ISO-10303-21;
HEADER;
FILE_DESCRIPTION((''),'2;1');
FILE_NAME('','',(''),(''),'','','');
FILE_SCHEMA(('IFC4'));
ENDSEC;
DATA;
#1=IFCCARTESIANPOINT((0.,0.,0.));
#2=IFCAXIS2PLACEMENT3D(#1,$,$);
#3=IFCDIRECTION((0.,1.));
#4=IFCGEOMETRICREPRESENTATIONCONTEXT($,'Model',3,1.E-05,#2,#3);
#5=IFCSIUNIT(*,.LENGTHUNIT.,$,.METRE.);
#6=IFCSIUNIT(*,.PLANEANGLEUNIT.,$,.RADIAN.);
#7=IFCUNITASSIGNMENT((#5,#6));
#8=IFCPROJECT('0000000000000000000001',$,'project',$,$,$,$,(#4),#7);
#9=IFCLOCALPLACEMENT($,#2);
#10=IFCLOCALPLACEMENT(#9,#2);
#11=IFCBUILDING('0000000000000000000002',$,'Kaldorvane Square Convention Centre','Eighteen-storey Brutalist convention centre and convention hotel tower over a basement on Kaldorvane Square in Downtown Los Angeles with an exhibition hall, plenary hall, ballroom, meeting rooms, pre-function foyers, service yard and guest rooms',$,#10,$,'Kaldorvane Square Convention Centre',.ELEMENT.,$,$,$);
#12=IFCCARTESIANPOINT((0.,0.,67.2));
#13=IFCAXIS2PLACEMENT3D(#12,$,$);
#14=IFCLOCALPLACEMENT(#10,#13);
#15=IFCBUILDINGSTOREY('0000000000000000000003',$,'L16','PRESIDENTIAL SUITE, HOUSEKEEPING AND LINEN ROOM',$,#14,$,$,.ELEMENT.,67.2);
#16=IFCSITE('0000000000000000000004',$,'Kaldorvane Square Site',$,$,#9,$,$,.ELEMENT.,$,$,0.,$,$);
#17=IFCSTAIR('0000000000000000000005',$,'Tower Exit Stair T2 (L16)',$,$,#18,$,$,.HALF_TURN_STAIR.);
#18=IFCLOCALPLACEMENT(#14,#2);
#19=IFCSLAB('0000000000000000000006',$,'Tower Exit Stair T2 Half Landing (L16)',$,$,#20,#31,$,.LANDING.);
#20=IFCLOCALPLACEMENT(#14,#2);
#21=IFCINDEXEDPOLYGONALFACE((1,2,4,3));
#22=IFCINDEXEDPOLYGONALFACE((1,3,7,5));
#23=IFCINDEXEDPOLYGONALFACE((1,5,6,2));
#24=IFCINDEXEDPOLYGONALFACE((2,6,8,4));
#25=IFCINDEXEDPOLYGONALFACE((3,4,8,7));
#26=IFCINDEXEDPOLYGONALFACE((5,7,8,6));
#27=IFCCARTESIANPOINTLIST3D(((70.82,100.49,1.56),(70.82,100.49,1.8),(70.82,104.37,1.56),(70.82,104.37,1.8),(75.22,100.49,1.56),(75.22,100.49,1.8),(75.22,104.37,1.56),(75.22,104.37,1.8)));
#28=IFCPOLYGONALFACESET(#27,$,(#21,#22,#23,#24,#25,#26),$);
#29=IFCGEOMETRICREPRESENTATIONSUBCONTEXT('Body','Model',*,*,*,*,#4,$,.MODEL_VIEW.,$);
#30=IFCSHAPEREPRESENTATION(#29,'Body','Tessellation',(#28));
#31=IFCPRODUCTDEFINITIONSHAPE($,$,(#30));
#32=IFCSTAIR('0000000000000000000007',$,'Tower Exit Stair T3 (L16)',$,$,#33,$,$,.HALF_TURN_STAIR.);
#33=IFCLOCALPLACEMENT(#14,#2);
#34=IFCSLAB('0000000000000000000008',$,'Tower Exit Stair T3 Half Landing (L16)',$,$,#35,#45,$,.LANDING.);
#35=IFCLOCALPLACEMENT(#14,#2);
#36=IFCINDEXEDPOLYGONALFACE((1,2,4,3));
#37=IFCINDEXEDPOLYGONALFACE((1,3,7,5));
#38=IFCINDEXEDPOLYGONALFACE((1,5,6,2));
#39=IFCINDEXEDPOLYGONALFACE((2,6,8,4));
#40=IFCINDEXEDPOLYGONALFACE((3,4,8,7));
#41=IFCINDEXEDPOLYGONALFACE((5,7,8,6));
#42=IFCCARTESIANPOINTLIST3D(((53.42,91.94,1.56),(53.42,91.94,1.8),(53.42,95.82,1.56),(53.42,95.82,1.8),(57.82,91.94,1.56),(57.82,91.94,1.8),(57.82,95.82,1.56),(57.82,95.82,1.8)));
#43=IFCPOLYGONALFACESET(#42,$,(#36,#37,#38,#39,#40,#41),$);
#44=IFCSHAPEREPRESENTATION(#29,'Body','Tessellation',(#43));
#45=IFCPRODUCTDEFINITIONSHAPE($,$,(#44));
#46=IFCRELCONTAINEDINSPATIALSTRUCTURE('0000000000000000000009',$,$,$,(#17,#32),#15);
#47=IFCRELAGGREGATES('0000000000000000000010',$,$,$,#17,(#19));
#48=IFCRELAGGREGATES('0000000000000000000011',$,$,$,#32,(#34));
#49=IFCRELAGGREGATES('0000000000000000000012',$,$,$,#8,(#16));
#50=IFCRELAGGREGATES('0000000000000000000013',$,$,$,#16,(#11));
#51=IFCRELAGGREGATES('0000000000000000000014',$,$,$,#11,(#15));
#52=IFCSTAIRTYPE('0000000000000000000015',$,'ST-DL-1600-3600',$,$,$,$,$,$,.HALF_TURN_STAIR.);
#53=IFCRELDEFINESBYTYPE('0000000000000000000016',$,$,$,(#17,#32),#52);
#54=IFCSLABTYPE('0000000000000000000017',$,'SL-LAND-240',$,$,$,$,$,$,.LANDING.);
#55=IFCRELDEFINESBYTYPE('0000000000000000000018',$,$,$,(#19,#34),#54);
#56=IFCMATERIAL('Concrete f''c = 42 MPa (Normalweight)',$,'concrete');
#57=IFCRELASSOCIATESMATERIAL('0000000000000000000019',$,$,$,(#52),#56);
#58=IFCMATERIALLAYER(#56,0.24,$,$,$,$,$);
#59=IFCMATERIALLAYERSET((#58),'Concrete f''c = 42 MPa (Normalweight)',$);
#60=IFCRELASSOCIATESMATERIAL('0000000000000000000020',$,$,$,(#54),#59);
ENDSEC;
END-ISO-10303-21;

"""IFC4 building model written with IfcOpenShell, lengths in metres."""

from ifc_helpers import new_model, si_unit, direction, frame, origin, place, context, subcontext, project, spatial, polyline, outline, extrude, material, layer, layer_set, type_object, element, aggregate, save


model = new_model("IFC4")

# Units and contexts
model_context = context("Model", 3, precision=1e-05, world=origin(), true_north=direction((0.0, 1.0)))
body_context = subcontext(model_context, "Body", "Model", "MODEL_VIEW")
ifc_project = project(units=[si_unit("LENGTHUNIT", "METRE"), si_unit("PLANEANGLEUNIT", "RADIAN")], contexts=[model_context])

# Site, building, storey
site_placement = place(None, origin())
site = spatial("IfcSite", under=ifc_project, at=site_placement, Name="Kaldorvane Square Site", CompositionType="ELEMENT", RefElevation=0.0)
building_placement = place(site_placement, origin())
building = spatial("IfcBuilding", under=site, at=building_placement, Name="Kaldorvane Square Convention Centre", Description="Eighteen-storey Brutalist convention centre and convention hotel tower over a basement on Kaldorvane Square in Downtown Los Angeles with an exhibition hall, plenary hall, ballroom, meeting rooms, pre-function foyers, service yard and guest rooms", LongName="Kaldorvane Square Convention Centre", CompositionType="ELEMENT")
storey_placement = place(building_placement, frame((0.0, 0.0, 67.2)))
storey = spatial("IfcBuildingStorey", under=building, at=storey_placement, Name="L16", Description="PRESIDENTIAL SUITE, HOUSEKEEPING AND LINEN ROOM", CompositionType="ELEMENT", Elevation=67.2)

# Shared definitions
ifc_material = material(Name="Concrete f'c = 42 MPa (Normalweight)", Category="concrete")

# Stairs, slabs
stair_type = type_object("IfcStairType", Name="ST-DL-1600-3600", PredefinedType="HALF_TURN_STAIR", material=ifc_material)
ifc_layer_1 = layer(ifc_material, 0.24)
ifc_layer_set_1 = layer_set([ifc_layer_1], Name="Concrete f'c = 42 MPa (Normalweight)")
slab_type_1 = type_object("IfcSlabType", Name="SL-LAND-240", PredefinedType="LANDING", material=ifc_layer_set_1)
stair_1_placement = place(storey_placement, origin())
stair_1 = element("IfcStair", 1, at=stair_1_placement, inside=storey, type_object=stair_type, Name="Tower Exit Stair T2 (L16)", PredefinedType="HALF_TURN_STAIR")
slab_1_placement = place(storey_placement, frame((0.0, 0.0, 1.56)))
slab_1 = element("IfcSlab", 2, at=slab_1_placement, type_object=slab_type_1, Name="Tower Exit Stair T2 Half Landing (L16)", PredefinedType="LANDING", context=body_context, shape_type="SweptSolid", body=[
    extrude(outline(polyline([(70.82, 100.49), (75.22, 100.49), (75.22, 104.37), (70.82, 104.37), (70.82, 100.49)])), origin(), (0.0, 0.0, 1.0), 0.24),
])
aggregate(stair_1, [slab_1])
stair_2_placement = place(storey_placement, origin())
stair_2 = element("IfcStair", 3, at=stair_2_placement, inside=storey, type_object=stair_type, Name="Tower Exit Stair T3 (L16)", PredefinedType="HALF_TURN_STAIR")
slab_2_placement = place(storey_placement, frame((0.0, 0.0, 1.56)))
slab_2 = element("IfcSlab", 4, at=slab_2_placement, type_object=slab_type_1, Name="Tower Exit Stair T3 Half Landing (L16)", PredefinedType="LANDING", context=body_context, shape_type="SweptSolid", body=[
    extrude(outline(polyline([(53.42, 91.94), (57.82, 91.94), (57.82, 95.82), (53.42, 95.82), (53.42, 91.94)])), origin(), (0.0, 0.0, 1.0), 0.24),
])
aggregate(stair_2, [slab_2])

save(model, "model.ifc")
